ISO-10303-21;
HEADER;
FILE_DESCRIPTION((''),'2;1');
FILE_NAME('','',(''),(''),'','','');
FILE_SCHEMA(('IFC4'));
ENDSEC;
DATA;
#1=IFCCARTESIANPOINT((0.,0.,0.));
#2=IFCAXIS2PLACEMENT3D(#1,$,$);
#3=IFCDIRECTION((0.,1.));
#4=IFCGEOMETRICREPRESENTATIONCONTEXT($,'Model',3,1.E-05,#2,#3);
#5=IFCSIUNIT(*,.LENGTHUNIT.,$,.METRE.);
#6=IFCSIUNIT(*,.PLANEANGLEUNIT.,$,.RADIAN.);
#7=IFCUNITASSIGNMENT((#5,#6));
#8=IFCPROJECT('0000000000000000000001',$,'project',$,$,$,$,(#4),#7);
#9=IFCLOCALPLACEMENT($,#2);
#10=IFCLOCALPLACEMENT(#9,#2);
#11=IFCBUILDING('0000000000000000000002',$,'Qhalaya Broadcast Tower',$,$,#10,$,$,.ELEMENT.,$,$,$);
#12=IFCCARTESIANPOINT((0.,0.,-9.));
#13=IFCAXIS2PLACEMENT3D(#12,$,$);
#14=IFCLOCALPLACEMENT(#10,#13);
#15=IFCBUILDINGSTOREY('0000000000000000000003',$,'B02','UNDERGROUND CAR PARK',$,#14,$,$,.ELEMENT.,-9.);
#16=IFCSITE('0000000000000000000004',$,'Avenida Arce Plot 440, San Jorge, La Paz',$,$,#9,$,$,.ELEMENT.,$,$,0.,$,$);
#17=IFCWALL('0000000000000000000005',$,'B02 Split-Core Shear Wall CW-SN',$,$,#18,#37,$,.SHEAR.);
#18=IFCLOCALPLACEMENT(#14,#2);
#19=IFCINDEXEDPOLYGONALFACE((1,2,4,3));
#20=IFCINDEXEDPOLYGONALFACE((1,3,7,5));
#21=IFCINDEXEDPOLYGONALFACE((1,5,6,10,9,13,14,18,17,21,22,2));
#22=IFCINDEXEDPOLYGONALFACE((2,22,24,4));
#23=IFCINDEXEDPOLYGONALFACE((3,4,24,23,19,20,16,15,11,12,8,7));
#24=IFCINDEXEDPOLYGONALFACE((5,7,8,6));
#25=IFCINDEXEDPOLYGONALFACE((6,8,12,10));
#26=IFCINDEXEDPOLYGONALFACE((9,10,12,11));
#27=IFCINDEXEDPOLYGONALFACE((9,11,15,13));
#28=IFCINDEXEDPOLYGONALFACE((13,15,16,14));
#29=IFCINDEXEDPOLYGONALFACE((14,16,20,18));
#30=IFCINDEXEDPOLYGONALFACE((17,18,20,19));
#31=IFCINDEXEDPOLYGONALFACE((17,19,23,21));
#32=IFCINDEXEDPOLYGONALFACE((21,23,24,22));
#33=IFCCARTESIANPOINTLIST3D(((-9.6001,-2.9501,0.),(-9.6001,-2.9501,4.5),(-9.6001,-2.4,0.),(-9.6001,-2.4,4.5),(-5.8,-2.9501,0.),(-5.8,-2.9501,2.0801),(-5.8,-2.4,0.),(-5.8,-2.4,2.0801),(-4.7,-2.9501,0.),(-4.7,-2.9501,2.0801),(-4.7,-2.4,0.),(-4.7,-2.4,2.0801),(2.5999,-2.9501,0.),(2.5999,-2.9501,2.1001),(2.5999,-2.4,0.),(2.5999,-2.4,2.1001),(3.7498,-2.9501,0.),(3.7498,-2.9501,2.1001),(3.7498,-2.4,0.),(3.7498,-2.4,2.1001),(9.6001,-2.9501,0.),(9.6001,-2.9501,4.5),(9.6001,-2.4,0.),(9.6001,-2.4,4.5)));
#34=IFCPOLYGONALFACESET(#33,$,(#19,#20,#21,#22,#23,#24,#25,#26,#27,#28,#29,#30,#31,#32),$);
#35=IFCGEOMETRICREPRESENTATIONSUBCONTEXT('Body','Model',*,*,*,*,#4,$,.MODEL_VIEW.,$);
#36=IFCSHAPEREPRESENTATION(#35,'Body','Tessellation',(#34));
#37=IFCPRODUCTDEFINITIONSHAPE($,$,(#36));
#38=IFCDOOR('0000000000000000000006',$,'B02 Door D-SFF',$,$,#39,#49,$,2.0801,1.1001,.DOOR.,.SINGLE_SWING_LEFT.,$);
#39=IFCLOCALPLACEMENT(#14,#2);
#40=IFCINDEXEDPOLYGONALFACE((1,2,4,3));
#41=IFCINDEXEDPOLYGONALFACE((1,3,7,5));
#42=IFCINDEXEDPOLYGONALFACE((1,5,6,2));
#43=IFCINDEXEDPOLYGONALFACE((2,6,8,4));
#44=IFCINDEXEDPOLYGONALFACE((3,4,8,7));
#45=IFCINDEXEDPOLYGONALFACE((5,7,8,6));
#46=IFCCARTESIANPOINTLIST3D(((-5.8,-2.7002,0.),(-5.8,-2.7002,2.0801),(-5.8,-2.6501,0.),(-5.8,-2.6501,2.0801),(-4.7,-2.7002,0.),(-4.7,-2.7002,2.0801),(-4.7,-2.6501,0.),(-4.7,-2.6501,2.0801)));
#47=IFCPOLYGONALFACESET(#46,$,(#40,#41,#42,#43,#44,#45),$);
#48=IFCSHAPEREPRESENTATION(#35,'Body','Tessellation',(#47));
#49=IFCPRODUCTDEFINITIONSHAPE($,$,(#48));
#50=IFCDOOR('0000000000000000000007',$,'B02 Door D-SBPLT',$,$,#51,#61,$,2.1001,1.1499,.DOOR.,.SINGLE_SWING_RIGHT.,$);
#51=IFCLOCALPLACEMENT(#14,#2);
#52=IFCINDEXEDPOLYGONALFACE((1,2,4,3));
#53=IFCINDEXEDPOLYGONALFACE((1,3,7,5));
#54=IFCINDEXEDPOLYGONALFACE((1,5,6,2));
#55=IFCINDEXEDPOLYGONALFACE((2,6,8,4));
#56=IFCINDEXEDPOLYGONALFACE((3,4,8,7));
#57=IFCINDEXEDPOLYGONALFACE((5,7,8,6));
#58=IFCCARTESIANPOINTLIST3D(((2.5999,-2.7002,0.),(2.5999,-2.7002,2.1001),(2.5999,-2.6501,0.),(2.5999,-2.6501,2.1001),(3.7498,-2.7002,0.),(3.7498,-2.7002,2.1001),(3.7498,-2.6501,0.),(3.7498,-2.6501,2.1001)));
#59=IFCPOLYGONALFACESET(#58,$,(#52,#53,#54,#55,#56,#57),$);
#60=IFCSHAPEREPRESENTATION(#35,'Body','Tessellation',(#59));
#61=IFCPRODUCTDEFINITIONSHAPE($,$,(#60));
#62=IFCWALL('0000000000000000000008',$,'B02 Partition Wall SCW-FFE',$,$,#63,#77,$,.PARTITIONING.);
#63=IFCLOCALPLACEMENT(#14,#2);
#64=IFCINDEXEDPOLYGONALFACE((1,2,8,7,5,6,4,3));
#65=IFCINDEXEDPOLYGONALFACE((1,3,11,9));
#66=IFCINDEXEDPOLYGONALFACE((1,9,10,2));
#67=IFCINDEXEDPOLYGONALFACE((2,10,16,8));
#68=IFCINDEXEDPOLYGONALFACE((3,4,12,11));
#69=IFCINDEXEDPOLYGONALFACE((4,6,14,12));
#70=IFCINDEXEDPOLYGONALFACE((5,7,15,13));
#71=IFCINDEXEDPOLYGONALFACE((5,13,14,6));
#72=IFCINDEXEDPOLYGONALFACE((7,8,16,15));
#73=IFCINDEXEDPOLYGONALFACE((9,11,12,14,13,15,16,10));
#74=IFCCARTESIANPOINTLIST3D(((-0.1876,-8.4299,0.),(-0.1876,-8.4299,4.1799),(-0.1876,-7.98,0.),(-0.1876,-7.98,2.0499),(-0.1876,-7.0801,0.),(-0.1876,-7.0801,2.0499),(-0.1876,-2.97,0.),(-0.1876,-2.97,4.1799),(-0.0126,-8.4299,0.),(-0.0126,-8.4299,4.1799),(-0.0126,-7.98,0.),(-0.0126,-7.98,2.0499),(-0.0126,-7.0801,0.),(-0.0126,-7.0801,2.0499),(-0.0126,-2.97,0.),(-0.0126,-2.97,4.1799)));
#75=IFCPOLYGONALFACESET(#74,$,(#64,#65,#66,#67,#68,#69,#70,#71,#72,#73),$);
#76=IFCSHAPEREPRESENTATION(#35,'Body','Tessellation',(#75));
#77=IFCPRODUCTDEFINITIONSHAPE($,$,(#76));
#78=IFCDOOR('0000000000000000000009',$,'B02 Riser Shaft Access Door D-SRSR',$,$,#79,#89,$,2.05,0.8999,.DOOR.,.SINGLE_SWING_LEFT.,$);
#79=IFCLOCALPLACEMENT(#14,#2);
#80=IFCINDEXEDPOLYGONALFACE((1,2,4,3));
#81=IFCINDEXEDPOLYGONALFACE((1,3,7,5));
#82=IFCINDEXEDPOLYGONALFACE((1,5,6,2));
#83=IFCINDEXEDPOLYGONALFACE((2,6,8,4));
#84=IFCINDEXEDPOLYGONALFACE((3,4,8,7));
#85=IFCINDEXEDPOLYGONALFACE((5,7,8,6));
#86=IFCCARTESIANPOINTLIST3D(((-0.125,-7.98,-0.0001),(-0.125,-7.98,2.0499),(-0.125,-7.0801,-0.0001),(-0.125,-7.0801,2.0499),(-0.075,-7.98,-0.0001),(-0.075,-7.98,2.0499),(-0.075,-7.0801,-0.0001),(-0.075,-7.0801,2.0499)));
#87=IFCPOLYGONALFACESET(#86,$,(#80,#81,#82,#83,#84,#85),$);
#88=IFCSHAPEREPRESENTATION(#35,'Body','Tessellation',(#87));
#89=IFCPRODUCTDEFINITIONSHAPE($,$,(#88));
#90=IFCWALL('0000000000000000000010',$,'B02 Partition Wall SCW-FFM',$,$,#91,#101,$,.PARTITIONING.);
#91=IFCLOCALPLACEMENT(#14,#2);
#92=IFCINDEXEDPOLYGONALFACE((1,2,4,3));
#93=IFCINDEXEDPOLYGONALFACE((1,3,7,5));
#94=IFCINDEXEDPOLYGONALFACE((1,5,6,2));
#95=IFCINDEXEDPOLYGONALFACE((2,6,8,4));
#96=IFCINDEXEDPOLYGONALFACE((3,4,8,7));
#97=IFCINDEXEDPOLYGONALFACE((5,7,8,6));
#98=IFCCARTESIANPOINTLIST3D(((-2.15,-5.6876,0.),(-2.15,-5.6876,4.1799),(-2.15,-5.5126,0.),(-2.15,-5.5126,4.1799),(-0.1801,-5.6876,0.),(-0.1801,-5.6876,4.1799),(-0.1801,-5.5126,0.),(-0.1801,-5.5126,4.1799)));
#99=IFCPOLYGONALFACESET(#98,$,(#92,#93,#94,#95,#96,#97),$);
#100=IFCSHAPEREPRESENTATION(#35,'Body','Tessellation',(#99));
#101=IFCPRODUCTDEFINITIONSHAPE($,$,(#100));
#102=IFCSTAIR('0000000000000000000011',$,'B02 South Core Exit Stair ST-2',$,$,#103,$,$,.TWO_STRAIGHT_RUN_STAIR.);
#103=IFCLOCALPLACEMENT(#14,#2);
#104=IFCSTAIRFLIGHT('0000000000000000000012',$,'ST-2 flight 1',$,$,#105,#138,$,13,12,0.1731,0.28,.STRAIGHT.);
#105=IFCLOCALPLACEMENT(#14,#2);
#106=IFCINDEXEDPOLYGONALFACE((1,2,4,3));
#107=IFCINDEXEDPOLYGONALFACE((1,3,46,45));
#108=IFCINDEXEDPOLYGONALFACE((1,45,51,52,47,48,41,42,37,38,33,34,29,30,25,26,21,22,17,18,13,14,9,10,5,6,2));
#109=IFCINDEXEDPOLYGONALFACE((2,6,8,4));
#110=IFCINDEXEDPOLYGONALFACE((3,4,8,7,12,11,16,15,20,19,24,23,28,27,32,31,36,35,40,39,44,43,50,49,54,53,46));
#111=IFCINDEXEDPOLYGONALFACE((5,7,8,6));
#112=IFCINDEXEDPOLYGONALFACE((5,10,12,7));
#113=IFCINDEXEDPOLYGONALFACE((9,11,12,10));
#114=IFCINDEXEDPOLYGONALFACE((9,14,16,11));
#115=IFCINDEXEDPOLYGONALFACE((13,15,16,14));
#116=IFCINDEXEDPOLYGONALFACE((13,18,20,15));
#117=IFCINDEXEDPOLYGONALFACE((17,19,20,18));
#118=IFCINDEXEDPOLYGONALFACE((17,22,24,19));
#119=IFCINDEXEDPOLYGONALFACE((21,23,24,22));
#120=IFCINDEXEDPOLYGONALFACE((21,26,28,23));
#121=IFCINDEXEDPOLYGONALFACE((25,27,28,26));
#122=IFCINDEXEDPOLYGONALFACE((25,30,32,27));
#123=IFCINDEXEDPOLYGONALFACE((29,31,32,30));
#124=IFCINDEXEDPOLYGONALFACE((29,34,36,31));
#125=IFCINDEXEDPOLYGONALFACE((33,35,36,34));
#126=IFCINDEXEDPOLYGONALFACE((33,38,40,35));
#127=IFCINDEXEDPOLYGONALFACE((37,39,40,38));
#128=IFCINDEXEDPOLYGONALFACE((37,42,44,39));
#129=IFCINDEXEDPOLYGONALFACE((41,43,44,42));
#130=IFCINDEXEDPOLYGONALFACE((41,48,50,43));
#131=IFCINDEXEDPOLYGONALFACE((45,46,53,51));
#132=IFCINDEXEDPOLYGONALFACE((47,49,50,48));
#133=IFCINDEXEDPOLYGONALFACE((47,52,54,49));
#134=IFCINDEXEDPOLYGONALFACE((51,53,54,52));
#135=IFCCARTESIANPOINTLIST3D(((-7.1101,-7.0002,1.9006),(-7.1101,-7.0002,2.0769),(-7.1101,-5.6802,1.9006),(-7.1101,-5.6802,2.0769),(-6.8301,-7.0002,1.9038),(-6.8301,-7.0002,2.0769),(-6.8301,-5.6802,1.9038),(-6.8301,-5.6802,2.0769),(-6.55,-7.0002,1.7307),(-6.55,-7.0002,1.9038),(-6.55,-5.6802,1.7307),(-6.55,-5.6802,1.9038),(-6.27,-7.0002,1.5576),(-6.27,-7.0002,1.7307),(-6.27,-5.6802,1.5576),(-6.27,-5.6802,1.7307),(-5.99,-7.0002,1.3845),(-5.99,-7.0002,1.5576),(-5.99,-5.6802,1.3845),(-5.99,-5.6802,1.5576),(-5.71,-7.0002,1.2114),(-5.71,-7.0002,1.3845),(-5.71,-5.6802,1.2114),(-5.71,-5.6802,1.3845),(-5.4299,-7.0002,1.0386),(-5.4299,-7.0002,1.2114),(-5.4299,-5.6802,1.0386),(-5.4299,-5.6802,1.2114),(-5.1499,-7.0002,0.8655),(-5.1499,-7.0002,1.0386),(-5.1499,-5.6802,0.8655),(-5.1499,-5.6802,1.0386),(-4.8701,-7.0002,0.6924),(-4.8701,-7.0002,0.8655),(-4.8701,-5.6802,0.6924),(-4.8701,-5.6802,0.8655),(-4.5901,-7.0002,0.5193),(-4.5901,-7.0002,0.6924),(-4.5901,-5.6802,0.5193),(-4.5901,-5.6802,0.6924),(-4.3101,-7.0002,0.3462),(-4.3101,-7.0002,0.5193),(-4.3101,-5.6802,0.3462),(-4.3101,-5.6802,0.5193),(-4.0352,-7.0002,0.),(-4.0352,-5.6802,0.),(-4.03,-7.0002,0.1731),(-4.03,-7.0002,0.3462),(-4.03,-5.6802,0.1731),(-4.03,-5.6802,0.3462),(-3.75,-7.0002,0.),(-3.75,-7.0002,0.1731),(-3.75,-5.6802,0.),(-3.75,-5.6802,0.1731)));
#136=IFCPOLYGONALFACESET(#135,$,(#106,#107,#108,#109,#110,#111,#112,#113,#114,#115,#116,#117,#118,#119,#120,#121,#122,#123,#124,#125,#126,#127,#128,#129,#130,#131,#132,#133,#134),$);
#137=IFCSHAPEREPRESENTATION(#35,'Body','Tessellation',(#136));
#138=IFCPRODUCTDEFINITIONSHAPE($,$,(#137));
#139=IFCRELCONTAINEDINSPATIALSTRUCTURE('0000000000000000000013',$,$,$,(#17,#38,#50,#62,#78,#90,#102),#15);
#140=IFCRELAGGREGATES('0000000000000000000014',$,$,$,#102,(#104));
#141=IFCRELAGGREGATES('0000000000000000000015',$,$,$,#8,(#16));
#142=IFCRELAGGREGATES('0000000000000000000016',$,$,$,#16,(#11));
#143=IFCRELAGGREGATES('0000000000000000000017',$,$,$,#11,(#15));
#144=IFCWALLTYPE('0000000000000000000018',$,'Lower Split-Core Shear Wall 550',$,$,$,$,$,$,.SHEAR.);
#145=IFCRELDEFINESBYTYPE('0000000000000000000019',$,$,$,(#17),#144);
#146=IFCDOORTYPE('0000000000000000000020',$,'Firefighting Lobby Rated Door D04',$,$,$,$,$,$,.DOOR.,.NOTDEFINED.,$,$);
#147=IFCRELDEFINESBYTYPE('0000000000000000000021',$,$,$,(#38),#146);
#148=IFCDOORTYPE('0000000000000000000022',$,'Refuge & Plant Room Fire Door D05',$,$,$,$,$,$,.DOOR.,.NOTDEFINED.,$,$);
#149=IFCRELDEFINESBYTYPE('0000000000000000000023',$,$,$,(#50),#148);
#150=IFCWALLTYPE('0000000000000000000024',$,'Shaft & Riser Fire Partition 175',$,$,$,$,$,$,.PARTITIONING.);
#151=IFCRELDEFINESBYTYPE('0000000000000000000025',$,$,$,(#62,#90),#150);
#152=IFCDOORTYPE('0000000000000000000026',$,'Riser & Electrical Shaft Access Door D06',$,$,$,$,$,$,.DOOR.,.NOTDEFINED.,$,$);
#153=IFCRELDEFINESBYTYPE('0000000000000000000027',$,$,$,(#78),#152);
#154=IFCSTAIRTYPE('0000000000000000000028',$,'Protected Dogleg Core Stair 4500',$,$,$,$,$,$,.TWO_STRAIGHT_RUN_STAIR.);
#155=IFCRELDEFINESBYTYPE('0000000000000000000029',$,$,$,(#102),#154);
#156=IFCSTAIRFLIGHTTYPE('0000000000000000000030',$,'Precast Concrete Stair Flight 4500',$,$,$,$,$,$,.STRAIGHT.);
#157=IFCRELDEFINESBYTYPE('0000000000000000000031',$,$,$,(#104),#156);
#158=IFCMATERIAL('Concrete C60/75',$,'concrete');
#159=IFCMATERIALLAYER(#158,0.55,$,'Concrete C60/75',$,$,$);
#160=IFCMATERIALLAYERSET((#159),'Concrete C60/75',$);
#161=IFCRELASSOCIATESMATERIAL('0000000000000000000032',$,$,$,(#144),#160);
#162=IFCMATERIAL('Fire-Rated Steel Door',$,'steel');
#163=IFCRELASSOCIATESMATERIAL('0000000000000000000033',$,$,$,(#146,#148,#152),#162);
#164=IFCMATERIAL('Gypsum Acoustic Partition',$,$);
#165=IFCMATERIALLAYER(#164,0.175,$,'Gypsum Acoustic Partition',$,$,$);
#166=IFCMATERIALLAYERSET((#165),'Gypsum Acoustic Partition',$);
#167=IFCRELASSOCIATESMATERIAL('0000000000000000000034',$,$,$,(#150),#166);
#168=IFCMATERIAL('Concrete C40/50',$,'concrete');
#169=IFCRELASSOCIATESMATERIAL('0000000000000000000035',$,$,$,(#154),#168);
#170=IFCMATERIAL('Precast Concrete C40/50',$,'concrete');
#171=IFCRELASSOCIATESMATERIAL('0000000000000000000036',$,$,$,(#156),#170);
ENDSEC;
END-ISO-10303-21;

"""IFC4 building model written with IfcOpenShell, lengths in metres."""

from ifc_helpers import new_model, si_unit, direction, frame, frame_2d, origin, place, context, subcontext, project, spatial, polyline, rectangle, outline, extrude, material, layer, layer_set, type_object, element, fill, aggregate, save


model = new_model("IFC4")

# Units and contexts
model_context = context("Model", 3, precision=1e-05, world=origin(), true_north=direction((0.0, 1.0)))
body_context = subcontext(model_context, "Body", "Model", "MODEL_VIEW")
ifc_project = project(units=[si_unit("LENGTHUNIT", "METRE"), si_unit("PLANEANGLEUNIT", "RADIAN")], contexts=[model_context])

# Site, building, storey
site_placement = place(None, origin())
site = spatial("IfcSite", under=ifc_project, at=site_placement, Name="Avenida Arce Plot 440, San Jorge, La Paz", CompositionType="ELEMENT", RefElevation=0.0)
building_placement = place(site_placement, origin())
building = spatial("IfcBuilding", under=site, at=building_placement, Name="Qhalaya Broadcast Tower", CompositionType="ELEMENT")
storey_placement = place(building_placement, frame((0.0, 0.0, -9.0)))
storey = spatial("IfcBuildingStorey", under=building, at=storey_placement, Name="B02", Description="UNDERGROUND CAR PARK", CompositionType="ELEMENT", Elevation=-9.0)

# Shared definitions
ifc_material_1 = material(Name="Concrete C60/75", Category="concrete")

# Shared definitions
ifc_material_2 = material(Name="Fire-Rated Steel Door", Category="steel")

# Shared definitions
ifc_layer_1 = layer(ifc_material_1, 0.55, Name="Concrete C60/75")
ifc_layer_set_1 = layer_set([ifc_layer_1], Name="Concrete C60/75")
wall_type_1 = type_object("IfcWallType", Name="Lower Split-Core Shear Wall 550", PredefinedType="SHEAR", material=ifc_layer_set_1)

# Wall, openings, doors
wall_1_placement = place(storey_placement, frame((-9.6001, -2.675, 0.0), z_axis=(0.0, 0.0, 1.0), x_axis=(1.0, 0.0, 0.0)))
wall_1 = element("IfcWall", 1, at=wall_1_placement, inside=storey, type_object=wall_type_1, Name="B02 Split-Core Shear Wall CW-SN", PredefinedType="SHEAR", context=body_context, shape_type="SweptSolid", body=[
    extrude(rectangle(XDim=19.2002, YDim=0.55, at=frame_2d((9.6001, 0.0))), origin(), (0.0, 0.0, 1.0), 4.5),
])
opening_1_placement = place(wall_1_placement, frame((3.8, 0.0, 0.0)))
opening_1 = element("IfcOpeningElement", 2, at=opening_1_placement, cuts=wall_1, PredefinedType="OPENING", context=body_context, shape_type="SweptSolid", body=[
    extrude(rectangle(XDim=1.1001, YDim=2.0801, at=frame_2d((0.55, 1.04))), frame((0.0, 0.2871, 0.0), z_axis=(0.0, -1.0, 0.0), x_axis=(1.0, 0.0, 0.0)), (0.0, 0.0, 1.0), 0.574),
])
opening_2_placement = place(wall_1_placement, frame((12.2, 0.0, 0.0)))
opening_2 = element("IfcOpeningElement", 3, at=opening_2_placement, cuts=wall_1, PredefinedType="OPENING", context=body_context, shape_type="SweptSolid", body=[
    extrude(rectangle(XDim=1.1499, YDim=2.1001, at=frame_2d((0.575, 1.05))), frame((0.0, 0.2871, 0.0), z_axis=(0.0, -1.0, 0.0), x_axis=(1.0, 0.0, 0.0)), (0.0, 0.0, 1.0), 0.574),
])
door_type_1 = type_object("IfcDoorType", Name="Firefighting Lobby Rated Door D04", OperationType="NOTDEFINED", PredefinedType="DOOR", material=ifc_material_2)
door_1_placement = place(opening_1_placement, origin())
door_1 = element("IfcDoor", 4, at=door_1_placement, inside=storey, type_object=door_type_1, Name="B02 Door D-SFF", OperationType="SINGLE_SWING_LEFT", OverallHeight=2.0801, OverallWidth=1.1001, PredefinedType="DOOR", context=body_context, shape_type="SweptSolid", body=[
    extrude(rectangle(XDim=1.1001, YDim=2.0801, at=frame_2d((0.55, 1.04))), frame((0.0, 0.0249, 0.0), z_axis=(0.0, -1.0, 0.0), x_axis=(1.0, 0.0, 0.0)), (0.0, 0.0, 1.0), 0.05),
])
fill(opening_1, door_1)
door_type_2 = type_object("IfcDoorType", Name="Refuge & Plant Room Fire Door D05", OperationType="NOTDEFINED", PredefinedType="DOOR", material=ifc_material_2)
door_2_placement = place(opening_2_placement, origin())
door_2 = element("IfcDoor", 5, at=door_2_placement, inside=storey, type_object=door_type_2, Name="B02 Door D-SBPLT", OperationType="SINGLE_SWING_RIGHT", OverallHeight=2.1001, OverallWidth=1.1499, PredefinedType="DOOR", context=body_context, shape_type="SweptSolid", body=[
    extrude(rectangle(XDim=1.1499, YDim=2.1001, at=frame_2d((0.575, 1.05))), frame((0.0, 0.0249, 0.0), z_axis=(0.0, -1.0, 0.0), x_axis=(1.0, 0.0, 0.0)), (0.0, 0.0, 1.0), 0.05),
])
fill(opening_2, door_2)

# Wall, opening, door
ifc_material_3 = material(Name="Gypsum Acoustic Partition")
ifc_layer_2 = layer(ifc_material_3, 0.175, Name="Gypsum Acoustic Partition")
ifc_layer_set_2 = layer_set([ifc_layer_2], Name="Gypsum Acoustic Partition")
wall_type_2 = type_object("IfcWallType", Name="Shaft & Riser Fire Partition 175", PredefinedType="PARTITIONING", material=ifc_layer_set_2)
wall_2_placement = place(storey_placement, frame((-0.1001, -8.4299, 0.0), z_axis=(0.0, 0.0, 1.0), x_axis=(0.0, 1.0, 0.0)))
wall_2 = element("IfcWall", 6, at=wall_2_placement, inside=storey, type_object=wall_type_2, Name="B02 Partition Wall SCW-FFE", PredefinedType="PARTITIONING", context=body_context, shape_type="SweptSolid", body=[
    extrude(rectangle(XDim=5.46, YDim=0.175, at=frame_2d((2.73, 0.0))), origin(), (0.0, 0.0, 1.0), 4.1799),
])
opening_3_placement = place(wall_2_placement, frame((0.45, 0.0, 0.0)))
opening_3 = element("IfcOpeningElement", 7, at=opening_3_placement, cuts=wall_2, PredefinedType="OPENING", context=body_context, shape_type="SweptSolid", body=[
    extrude(rectangle(XDim=0.8999, YDim=2.05, at=frame_2d((0.45, 1.0249))), frame((0.0, 0.0996, 0.0), z_axis=(0.0, -1.0, 0.0), x_axis=(1.0, 0.0, 0.0)), (0.0, 0.0, 1.0), 0.199),
])
door_type_3 = type_object("IfcDoorType", Name="Riser & Electrical Shaft Access Door D06", OperationType="NOTDEFINED", PredefinedType="DOOR", material=ifc_material_2)
door_3_placement = place(opening_3_placement, origin())
door_3 = element("IfcDoor", 8, at=door_3_placement, inside=storey, type_object=door_type_3, Name="B02 Riser Shaft Access Door D-SRSR", OperationType="SINGLE_SWING_LEFT", OverallHeight=2.05, OverallWidth=0.8999, PredefinedType="DOOR", context=body_context, shape_type="SweptSolid", body=[
    extrude(rectangle(XDim=0.8999, YDim=2.05, at=frame_2d((0.45, 1.0249))), frame((0.0, 0.0249, 0.0), z_axis=(0.0, -1.0, 0.0), x_axis=(1.0, 0.0, 0.0)), (0.0, 0.0, 1.0), 0.05),
])
fill(opening_3, door_3)

# Wall
wall_3_placement = place(storey_placement, frame((-2.1499, -5.6001, 0.0), z_axis=(0.0, 0.0, 1.0), x_axis=(1.0, 0.0, 0.0)))
element("IfcWall", 9, at=wall_3_placement, inside=storey, type_object=wall_type_2, Name="B02 Partition Wall SCW-FFM", PredefinedType="PARTITIONING", context=body_context, shape_type="SweptSolid", body=[
    extrude(rectangle(XDim=1.97, YDim=0.175, at=frame_2d((0.9849, 0.0))), origin(), (0.0, 0.0, 1.0), 4.1799),
])

# Stair, stair flight
ifc_material_4 = material(Name="Concrete C40/50", Category="concrete")
stair_type = type_object("IfcStairType", Name="Protected Dogleg Core Stair 4500", PredefinedType="TWO_STRAIGHT_RUN_STAIR", material=ifc_material_4)
stair_placement = place(storey_placement, origin())
stair = element("IfcStair", 10, at=stair_placement, inside=storey, type_object=stair_type, Name="B02 South Core Exit Stair ST-2", PredefinedType="TWO_STRAIGHT_RUN_STAIR")
ifc_material_5 = material(Name="Precast Concrete C40/50", Category="concrete")
stair_flight_type = type_object("IfcStairFlightType", Name="Precast Concrete Stair Flight 4500", PredefinedType="STRAIGHT", material=ifc_material_5)
stair_flight_1_placement = place(storey_placement, frame((-3.75, -6.3401, 0.0), z_axis=(0.0, 0.0, 1.0), x_axis=(-1.0, 0.0, 0.0)))
stair_flight_1 = element("IfcStairFlight", 11, at=stair_flight_1_placement, type_object=stair_flight_type, Name="ST-2 flight 1", NumberOfRisers=13, NumberOfTreads=12, PredefinedType="STRAIGHT", RiserHeight=0.1731, TreadLength=0.28, context=body_context, shape_type="SweptSolid", body=[
    extrude(outline(polyline([(0.0, 0.0), (0.0, 0.1731), (0.28, 0.1731), (0.28, 0.3462), (0.5601, 0.3462), (0.5601, 0.5193), (0.8401, 0.5193), (0.8401, 0.6924), (1.1201, 0.6924), (1.1201, 0.8655), (1.3999, 0.8655), (1.3999, 1.0386), (1.6799, 1.0386), (1.6799, 1.2114), (1.96, 1.2114), (1.96, 1.3845), (2.24, 1.3845), (2.24, 1.5576), (2.52, 1.5576), (2.52, 1.7307), (2.8, 1.7307), (2.8, 1.9038), (3.0801, 1.9038), (3.0801, 2.0769), (3.3601, 2.0769), (3.3601, 2.25), (3.3601, 1.9006), (0.2852, 0.0), (0.0, 0.0)])), frame((0.0, 0.6602, 0.0), z_axis=(0.0, -1.0, 0.0), x_axis=(1.0, 0.0, 0.0)), (0.0, 0.0, 1.0), 1.3201),
])
aggregate(stair, [stair_flight_1])

save(model, "model.ifc")
